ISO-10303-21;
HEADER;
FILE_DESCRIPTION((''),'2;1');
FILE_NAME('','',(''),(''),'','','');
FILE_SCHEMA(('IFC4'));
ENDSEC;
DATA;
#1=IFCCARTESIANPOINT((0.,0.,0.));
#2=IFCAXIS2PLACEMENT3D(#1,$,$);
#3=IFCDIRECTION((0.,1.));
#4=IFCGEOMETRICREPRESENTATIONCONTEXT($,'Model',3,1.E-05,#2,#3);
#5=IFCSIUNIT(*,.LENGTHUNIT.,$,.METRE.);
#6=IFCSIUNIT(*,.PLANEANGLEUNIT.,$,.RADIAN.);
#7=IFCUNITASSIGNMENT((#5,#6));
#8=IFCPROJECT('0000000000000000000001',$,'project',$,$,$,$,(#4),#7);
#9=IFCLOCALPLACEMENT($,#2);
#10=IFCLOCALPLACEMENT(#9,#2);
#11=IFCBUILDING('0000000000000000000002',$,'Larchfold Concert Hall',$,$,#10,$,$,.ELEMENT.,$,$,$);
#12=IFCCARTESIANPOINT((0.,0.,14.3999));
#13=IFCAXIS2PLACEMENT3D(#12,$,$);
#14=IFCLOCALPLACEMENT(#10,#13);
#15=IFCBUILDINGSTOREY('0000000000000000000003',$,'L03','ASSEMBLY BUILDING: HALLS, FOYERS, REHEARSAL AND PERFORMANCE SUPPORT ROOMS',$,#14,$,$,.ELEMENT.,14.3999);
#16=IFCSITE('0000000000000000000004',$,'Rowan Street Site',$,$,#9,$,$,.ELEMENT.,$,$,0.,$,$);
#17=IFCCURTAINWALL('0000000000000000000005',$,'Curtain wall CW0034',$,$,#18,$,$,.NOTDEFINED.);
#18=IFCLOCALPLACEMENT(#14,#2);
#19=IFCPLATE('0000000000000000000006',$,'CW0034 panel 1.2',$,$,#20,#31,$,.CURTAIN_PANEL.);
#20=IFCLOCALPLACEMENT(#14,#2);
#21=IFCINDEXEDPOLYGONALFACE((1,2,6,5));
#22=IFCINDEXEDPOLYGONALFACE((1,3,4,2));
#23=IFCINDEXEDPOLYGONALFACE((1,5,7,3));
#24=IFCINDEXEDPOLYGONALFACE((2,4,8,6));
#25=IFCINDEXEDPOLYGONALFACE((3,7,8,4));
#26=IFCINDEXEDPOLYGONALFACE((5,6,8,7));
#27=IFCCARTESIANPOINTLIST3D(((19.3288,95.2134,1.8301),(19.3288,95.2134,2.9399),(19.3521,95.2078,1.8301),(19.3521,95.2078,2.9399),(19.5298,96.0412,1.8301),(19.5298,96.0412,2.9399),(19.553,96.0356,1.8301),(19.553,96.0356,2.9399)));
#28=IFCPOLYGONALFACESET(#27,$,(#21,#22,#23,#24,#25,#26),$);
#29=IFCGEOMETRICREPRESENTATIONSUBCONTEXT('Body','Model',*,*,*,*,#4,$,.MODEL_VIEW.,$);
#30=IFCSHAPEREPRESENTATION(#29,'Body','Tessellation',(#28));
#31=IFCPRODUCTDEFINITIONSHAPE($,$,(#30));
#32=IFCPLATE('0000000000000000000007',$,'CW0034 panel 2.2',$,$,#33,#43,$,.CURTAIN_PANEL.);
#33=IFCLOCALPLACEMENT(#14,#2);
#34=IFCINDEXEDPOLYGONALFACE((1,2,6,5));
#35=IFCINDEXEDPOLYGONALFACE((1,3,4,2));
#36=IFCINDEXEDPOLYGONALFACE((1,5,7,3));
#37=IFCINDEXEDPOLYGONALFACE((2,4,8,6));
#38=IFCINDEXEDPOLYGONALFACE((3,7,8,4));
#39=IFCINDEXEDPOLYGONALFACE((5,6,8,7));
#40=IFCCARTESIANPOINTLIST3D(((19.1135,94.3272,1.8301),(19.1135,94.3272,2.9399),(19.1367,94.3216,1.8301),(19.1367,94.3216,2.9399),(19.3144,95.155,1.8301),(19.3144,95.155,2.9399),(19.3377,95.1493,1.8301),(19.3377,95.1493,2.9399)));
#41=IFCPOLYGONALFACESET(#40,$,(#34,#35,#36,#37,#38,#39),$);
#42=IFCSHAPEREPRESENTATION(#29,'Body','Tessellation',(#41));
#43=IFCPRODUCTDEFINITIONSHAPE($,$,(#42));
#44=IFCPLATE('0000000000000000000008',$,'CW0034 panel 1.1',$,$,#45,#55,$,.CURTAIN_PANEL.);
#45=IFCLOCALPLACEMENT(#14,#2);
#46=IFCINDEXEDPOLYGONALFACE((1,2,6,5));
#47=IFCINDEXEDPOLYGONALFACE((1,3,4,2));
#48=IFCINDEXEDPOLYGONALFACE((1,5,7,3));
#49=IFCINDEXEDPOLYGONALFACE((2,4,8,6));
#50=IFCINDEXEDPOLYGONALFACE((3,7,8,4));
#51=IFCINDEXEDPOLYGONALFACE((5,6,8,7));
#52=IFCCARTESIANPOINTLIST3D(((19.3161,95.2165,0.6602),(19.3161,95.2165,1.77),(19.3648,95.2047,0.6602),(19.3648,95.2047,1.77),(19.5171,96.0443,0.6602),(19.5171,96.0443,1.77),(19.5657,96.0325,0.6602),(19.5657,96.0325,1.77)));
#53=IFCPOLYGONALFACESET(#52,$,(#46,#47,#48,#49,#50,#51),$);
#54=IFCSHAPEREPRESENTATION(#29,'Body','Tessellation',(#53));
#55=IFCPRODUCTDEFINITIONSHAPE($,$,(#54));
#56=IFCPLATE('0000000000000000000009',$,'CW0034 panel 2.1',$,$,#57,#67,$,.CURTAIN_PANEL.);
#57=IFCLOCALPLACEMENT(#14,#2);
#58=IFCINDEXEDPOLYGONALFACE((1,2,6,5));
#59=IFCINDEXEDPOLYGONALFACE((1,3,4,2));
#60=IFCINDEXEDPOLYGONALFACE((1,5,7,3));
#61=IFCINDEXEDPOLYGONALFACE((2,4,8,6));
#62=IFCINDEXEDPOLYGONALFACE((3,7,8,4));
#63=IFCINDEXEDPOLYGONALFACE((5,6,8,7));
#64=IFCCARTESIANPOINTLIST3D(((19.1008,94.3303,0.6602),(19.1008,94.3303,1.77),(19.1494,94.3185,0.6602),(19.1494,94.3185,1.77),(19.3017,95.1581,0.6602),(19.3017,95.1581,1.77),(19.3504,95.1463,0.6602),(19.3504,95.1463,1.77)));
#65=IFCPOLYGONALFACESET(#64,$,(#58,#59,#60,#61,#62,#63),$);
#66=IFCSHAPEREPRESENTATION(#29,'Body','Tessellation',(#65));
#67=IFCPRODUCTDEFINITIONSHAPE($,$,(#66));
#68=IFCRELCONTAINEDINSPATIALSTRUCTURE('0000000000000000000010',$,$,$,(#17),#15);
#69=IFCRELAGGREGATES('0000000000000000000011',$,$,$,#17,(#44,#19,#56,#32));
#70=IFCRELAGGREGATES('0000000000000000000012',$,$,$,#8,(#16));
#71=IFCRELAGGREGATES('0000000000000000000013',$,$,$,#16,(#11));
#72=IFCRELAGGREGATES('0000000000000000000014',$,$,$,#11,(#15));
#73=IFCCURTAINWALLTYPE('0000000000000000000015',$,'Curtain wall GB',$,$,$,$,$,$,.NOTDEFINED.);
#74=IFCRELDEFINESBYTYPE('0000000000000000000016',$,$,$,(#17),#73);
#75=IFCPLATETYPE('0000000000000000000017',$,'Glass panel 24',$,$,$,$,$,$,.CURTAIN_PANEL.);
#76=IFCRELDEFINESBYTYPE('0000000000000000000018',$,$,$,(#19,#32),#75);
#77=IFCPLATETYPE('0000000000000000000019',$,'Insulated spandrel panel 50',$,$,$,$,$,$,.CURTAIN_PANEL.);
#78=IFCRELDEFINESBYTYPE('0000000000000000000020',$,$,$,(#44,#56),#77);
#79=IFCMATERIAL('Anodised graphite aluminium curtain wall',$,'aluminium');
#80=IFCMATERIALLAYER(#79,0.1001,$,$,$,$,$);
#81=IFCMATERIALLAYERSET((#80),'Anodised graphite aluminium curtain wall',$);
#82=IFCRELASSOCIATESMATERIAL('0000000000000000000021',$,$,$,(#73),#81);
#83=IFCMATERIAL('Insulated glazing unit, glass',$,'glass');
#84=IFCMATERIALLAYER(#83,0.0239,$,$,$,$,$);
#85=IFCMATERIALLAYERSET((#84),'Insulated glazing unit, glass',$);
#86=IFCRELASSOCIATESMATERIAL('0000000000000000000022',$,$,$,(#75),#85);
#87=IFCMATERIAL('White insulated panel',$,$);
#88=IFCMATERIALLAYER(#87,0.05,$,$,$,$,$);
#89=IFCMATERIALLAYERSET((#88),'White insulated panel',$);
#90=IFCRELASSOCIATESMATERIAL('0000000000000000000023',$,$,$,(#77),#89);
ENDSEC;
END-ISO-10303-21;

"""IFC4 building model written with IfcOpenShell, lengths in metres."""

from ifc_helpers import new_model, si_unit, direction, frame, origin, origin_2d, place, context, subcontext, project, spatial, rectangle, extrude, material, layer, layer_set, type_object, element, aggregate, save


model = new_model("IFC4")

# Units and contexts
model_context = context("Model", 3, precision=1e-05, world=origin(), true_north=direction((0.0, 1.0)))
body_context = subcontext(model_context, "Body", "Model", "MODEL_VIEW")
ifc_project = project(units=[si_unit("LENGTHUNIT", "METRE"), si_unit("PLANEANGLEUNIT", "RADIAN")], contexts=[model_context])

# Site, building, storey
site_placement = place(None, origin())
site = spatial("IfcSite", under=ifc_project, at=site_placement, Name="Rowan Street Site", CompositionType="ELEMENT", RefElevation=0.0)
building_placement = place(site_placement, origin())
building = spatial("IfcBuilding", under=site, at=building_placement, Name="Larchfold Concert Hall", CompositionType="ELEMENT")
storey_placement = place(building_placement, frame((0.0, 0.0, 14.3999)))
storey = spatial("IfcBuildingStorey", under=building, at=storey_placement, Name="L03", Description="ASSEMBLY BUILDING: HALLS, FOYERS, REHEARSAL AND PERFORMANCE SUPPORT ROOMS", CompositionType="ELEMENT", Elevation=14.3999)

# Curtain wall
ifc_material_1 = material(Name="Anodised graphite aluminium curtain wall", Category="aluminium")
ifc_layer_1 = layer(ifc_material_1, 0.1001)
ifc_layer_set_1 = layer_set([ifc_layer_1], Name="Anodised graphite aluminium curtain wall")
curtain_wall_type = type_object("IfcCurtainWallType", Name="Curtain wall GB", PredefinedType="NOTDEFINED", material=ifc_layer_set_1)
curtain_wall_1_placement = place(storey_placement, origin())
curtain_wall_1 = element("IfcCurtainWall", 1, at=curtain_wall_1_placement, inside=storey, type_object=curtain_wall_type, Name="Curtain wall CW0034", PredefinedType="NOTDEFINED")

# Plates
ifc_material_2 = material(Name="Insulated glazing unit, glass", Category="glass")
ifc_layer_2 = layer(ifc_material_2, 0.0239)
ifc_layer_set_2 = layer_set([ifc_layer_2], Name="Insulated glazing unit, glass")
plate_type_1 = type_object("IfcPlateType", Name="Glass panel 24", PredefinedType="CURTAIN_PANEL", material=ifc_layer_set_2)
plate_1_placement = place(storey_placement, frame((19.4409, 95.6245, 1.8301), z_axis=(0.0, 0.0, 1.0), x_axis=(-0.235882, -0.971782, 0.0)))
plate_1 = element("IfcPlate", 2, at=plate_1_placement, type_object=plate_type_1, Name="CW0034 panel 1.2", PredefinedType="CURTAIN_PANEL", context=body_context, shape_type="SweptSolid", body=[
    extrude(rectangle(XDim=0.8518, YDim=0.0239, at=origin_2d()), origin(), (0.0, 0.0, 1.0), 1.1099),
])
plate_2_placement = place(storey_placement, frame((19.2256, 94.7383, 1.8301), z_axis=(0.0, 0.0, 1.0), x_axis=(-0.235882, -0.971782, 0.0)))
plate_2 = element("IfcPlate", 3, at=plate_2_placement, type_object=plate_type_1, Name="CW0034 panel 2.2", PredefinedType="CURTAIN_PANEL", context=body_context, shape_type="SweptSolid", body=[
    extrude(rectangle(XDim=0.8518, YDim=0.0239, at=origin_2d()), origin(), (0.0, 0.0, 1.0), 1.1099),
])
ifc_material_3 = material(Name="White insulated panel")
ifc_layer_3 = layer(ifc_material_3, 0.05)
ifc_layer_set_3 = layer_set([ifc_layer_3], Name="White insulated panel")
plate_type_2 = type_object("IfcPlateType", Name="Insulated spandrel panel 50", PredefinedType="CURTAIN_PANEL", material=ifc_layer_set_3)
plate_3_placement = place(storey_placement, frame((19.4409, 95.6245, 0.6602), z_axis=(0.0, 0.0, 1.0), x_axis=(-0.235882, -0.971782, 0.0)))
plate_3 = element("IfcPlate", 4, at=plate_3_placement, type_object=plate_type_2, Name="CW0034 panel 1.1", PredefinedType="CURTAIN_PANEL", context=body_context, shape_type="SweptSolid", body=[
    extrude(rectangle(XDim=0.8518, YDim=0.05, at=origin_2d()), origin(), (0.0, 0.0, 1.0), 1.1099),
])
plate_4_placement = place(storey_placement, frame((19.2256, 94.7383, 0.6602), z_axis=(0.0, 0.0, 1.0), x_axis=(-0.235882, -0.971782, 0.0)))
plate_4 = element("IfcPlate", 5, at=plate_4_placement, type_object=plate_type_2, Name="CW0034 panel 2.1", PredefinedType="CURTAIN_PANEL", context=body_context, shape_type="SweptSolid", body=[
    extrude(rectangle(XDim=0.8518, YDim=0.05, at=origin_2d()), origin(), (0.0, 0.0, 1.0), 1.1099),
])
aggregate(curtain_wall_1, [plate_3, plate_1, plate_4, plate_2])

save(model, "model.ifc")
